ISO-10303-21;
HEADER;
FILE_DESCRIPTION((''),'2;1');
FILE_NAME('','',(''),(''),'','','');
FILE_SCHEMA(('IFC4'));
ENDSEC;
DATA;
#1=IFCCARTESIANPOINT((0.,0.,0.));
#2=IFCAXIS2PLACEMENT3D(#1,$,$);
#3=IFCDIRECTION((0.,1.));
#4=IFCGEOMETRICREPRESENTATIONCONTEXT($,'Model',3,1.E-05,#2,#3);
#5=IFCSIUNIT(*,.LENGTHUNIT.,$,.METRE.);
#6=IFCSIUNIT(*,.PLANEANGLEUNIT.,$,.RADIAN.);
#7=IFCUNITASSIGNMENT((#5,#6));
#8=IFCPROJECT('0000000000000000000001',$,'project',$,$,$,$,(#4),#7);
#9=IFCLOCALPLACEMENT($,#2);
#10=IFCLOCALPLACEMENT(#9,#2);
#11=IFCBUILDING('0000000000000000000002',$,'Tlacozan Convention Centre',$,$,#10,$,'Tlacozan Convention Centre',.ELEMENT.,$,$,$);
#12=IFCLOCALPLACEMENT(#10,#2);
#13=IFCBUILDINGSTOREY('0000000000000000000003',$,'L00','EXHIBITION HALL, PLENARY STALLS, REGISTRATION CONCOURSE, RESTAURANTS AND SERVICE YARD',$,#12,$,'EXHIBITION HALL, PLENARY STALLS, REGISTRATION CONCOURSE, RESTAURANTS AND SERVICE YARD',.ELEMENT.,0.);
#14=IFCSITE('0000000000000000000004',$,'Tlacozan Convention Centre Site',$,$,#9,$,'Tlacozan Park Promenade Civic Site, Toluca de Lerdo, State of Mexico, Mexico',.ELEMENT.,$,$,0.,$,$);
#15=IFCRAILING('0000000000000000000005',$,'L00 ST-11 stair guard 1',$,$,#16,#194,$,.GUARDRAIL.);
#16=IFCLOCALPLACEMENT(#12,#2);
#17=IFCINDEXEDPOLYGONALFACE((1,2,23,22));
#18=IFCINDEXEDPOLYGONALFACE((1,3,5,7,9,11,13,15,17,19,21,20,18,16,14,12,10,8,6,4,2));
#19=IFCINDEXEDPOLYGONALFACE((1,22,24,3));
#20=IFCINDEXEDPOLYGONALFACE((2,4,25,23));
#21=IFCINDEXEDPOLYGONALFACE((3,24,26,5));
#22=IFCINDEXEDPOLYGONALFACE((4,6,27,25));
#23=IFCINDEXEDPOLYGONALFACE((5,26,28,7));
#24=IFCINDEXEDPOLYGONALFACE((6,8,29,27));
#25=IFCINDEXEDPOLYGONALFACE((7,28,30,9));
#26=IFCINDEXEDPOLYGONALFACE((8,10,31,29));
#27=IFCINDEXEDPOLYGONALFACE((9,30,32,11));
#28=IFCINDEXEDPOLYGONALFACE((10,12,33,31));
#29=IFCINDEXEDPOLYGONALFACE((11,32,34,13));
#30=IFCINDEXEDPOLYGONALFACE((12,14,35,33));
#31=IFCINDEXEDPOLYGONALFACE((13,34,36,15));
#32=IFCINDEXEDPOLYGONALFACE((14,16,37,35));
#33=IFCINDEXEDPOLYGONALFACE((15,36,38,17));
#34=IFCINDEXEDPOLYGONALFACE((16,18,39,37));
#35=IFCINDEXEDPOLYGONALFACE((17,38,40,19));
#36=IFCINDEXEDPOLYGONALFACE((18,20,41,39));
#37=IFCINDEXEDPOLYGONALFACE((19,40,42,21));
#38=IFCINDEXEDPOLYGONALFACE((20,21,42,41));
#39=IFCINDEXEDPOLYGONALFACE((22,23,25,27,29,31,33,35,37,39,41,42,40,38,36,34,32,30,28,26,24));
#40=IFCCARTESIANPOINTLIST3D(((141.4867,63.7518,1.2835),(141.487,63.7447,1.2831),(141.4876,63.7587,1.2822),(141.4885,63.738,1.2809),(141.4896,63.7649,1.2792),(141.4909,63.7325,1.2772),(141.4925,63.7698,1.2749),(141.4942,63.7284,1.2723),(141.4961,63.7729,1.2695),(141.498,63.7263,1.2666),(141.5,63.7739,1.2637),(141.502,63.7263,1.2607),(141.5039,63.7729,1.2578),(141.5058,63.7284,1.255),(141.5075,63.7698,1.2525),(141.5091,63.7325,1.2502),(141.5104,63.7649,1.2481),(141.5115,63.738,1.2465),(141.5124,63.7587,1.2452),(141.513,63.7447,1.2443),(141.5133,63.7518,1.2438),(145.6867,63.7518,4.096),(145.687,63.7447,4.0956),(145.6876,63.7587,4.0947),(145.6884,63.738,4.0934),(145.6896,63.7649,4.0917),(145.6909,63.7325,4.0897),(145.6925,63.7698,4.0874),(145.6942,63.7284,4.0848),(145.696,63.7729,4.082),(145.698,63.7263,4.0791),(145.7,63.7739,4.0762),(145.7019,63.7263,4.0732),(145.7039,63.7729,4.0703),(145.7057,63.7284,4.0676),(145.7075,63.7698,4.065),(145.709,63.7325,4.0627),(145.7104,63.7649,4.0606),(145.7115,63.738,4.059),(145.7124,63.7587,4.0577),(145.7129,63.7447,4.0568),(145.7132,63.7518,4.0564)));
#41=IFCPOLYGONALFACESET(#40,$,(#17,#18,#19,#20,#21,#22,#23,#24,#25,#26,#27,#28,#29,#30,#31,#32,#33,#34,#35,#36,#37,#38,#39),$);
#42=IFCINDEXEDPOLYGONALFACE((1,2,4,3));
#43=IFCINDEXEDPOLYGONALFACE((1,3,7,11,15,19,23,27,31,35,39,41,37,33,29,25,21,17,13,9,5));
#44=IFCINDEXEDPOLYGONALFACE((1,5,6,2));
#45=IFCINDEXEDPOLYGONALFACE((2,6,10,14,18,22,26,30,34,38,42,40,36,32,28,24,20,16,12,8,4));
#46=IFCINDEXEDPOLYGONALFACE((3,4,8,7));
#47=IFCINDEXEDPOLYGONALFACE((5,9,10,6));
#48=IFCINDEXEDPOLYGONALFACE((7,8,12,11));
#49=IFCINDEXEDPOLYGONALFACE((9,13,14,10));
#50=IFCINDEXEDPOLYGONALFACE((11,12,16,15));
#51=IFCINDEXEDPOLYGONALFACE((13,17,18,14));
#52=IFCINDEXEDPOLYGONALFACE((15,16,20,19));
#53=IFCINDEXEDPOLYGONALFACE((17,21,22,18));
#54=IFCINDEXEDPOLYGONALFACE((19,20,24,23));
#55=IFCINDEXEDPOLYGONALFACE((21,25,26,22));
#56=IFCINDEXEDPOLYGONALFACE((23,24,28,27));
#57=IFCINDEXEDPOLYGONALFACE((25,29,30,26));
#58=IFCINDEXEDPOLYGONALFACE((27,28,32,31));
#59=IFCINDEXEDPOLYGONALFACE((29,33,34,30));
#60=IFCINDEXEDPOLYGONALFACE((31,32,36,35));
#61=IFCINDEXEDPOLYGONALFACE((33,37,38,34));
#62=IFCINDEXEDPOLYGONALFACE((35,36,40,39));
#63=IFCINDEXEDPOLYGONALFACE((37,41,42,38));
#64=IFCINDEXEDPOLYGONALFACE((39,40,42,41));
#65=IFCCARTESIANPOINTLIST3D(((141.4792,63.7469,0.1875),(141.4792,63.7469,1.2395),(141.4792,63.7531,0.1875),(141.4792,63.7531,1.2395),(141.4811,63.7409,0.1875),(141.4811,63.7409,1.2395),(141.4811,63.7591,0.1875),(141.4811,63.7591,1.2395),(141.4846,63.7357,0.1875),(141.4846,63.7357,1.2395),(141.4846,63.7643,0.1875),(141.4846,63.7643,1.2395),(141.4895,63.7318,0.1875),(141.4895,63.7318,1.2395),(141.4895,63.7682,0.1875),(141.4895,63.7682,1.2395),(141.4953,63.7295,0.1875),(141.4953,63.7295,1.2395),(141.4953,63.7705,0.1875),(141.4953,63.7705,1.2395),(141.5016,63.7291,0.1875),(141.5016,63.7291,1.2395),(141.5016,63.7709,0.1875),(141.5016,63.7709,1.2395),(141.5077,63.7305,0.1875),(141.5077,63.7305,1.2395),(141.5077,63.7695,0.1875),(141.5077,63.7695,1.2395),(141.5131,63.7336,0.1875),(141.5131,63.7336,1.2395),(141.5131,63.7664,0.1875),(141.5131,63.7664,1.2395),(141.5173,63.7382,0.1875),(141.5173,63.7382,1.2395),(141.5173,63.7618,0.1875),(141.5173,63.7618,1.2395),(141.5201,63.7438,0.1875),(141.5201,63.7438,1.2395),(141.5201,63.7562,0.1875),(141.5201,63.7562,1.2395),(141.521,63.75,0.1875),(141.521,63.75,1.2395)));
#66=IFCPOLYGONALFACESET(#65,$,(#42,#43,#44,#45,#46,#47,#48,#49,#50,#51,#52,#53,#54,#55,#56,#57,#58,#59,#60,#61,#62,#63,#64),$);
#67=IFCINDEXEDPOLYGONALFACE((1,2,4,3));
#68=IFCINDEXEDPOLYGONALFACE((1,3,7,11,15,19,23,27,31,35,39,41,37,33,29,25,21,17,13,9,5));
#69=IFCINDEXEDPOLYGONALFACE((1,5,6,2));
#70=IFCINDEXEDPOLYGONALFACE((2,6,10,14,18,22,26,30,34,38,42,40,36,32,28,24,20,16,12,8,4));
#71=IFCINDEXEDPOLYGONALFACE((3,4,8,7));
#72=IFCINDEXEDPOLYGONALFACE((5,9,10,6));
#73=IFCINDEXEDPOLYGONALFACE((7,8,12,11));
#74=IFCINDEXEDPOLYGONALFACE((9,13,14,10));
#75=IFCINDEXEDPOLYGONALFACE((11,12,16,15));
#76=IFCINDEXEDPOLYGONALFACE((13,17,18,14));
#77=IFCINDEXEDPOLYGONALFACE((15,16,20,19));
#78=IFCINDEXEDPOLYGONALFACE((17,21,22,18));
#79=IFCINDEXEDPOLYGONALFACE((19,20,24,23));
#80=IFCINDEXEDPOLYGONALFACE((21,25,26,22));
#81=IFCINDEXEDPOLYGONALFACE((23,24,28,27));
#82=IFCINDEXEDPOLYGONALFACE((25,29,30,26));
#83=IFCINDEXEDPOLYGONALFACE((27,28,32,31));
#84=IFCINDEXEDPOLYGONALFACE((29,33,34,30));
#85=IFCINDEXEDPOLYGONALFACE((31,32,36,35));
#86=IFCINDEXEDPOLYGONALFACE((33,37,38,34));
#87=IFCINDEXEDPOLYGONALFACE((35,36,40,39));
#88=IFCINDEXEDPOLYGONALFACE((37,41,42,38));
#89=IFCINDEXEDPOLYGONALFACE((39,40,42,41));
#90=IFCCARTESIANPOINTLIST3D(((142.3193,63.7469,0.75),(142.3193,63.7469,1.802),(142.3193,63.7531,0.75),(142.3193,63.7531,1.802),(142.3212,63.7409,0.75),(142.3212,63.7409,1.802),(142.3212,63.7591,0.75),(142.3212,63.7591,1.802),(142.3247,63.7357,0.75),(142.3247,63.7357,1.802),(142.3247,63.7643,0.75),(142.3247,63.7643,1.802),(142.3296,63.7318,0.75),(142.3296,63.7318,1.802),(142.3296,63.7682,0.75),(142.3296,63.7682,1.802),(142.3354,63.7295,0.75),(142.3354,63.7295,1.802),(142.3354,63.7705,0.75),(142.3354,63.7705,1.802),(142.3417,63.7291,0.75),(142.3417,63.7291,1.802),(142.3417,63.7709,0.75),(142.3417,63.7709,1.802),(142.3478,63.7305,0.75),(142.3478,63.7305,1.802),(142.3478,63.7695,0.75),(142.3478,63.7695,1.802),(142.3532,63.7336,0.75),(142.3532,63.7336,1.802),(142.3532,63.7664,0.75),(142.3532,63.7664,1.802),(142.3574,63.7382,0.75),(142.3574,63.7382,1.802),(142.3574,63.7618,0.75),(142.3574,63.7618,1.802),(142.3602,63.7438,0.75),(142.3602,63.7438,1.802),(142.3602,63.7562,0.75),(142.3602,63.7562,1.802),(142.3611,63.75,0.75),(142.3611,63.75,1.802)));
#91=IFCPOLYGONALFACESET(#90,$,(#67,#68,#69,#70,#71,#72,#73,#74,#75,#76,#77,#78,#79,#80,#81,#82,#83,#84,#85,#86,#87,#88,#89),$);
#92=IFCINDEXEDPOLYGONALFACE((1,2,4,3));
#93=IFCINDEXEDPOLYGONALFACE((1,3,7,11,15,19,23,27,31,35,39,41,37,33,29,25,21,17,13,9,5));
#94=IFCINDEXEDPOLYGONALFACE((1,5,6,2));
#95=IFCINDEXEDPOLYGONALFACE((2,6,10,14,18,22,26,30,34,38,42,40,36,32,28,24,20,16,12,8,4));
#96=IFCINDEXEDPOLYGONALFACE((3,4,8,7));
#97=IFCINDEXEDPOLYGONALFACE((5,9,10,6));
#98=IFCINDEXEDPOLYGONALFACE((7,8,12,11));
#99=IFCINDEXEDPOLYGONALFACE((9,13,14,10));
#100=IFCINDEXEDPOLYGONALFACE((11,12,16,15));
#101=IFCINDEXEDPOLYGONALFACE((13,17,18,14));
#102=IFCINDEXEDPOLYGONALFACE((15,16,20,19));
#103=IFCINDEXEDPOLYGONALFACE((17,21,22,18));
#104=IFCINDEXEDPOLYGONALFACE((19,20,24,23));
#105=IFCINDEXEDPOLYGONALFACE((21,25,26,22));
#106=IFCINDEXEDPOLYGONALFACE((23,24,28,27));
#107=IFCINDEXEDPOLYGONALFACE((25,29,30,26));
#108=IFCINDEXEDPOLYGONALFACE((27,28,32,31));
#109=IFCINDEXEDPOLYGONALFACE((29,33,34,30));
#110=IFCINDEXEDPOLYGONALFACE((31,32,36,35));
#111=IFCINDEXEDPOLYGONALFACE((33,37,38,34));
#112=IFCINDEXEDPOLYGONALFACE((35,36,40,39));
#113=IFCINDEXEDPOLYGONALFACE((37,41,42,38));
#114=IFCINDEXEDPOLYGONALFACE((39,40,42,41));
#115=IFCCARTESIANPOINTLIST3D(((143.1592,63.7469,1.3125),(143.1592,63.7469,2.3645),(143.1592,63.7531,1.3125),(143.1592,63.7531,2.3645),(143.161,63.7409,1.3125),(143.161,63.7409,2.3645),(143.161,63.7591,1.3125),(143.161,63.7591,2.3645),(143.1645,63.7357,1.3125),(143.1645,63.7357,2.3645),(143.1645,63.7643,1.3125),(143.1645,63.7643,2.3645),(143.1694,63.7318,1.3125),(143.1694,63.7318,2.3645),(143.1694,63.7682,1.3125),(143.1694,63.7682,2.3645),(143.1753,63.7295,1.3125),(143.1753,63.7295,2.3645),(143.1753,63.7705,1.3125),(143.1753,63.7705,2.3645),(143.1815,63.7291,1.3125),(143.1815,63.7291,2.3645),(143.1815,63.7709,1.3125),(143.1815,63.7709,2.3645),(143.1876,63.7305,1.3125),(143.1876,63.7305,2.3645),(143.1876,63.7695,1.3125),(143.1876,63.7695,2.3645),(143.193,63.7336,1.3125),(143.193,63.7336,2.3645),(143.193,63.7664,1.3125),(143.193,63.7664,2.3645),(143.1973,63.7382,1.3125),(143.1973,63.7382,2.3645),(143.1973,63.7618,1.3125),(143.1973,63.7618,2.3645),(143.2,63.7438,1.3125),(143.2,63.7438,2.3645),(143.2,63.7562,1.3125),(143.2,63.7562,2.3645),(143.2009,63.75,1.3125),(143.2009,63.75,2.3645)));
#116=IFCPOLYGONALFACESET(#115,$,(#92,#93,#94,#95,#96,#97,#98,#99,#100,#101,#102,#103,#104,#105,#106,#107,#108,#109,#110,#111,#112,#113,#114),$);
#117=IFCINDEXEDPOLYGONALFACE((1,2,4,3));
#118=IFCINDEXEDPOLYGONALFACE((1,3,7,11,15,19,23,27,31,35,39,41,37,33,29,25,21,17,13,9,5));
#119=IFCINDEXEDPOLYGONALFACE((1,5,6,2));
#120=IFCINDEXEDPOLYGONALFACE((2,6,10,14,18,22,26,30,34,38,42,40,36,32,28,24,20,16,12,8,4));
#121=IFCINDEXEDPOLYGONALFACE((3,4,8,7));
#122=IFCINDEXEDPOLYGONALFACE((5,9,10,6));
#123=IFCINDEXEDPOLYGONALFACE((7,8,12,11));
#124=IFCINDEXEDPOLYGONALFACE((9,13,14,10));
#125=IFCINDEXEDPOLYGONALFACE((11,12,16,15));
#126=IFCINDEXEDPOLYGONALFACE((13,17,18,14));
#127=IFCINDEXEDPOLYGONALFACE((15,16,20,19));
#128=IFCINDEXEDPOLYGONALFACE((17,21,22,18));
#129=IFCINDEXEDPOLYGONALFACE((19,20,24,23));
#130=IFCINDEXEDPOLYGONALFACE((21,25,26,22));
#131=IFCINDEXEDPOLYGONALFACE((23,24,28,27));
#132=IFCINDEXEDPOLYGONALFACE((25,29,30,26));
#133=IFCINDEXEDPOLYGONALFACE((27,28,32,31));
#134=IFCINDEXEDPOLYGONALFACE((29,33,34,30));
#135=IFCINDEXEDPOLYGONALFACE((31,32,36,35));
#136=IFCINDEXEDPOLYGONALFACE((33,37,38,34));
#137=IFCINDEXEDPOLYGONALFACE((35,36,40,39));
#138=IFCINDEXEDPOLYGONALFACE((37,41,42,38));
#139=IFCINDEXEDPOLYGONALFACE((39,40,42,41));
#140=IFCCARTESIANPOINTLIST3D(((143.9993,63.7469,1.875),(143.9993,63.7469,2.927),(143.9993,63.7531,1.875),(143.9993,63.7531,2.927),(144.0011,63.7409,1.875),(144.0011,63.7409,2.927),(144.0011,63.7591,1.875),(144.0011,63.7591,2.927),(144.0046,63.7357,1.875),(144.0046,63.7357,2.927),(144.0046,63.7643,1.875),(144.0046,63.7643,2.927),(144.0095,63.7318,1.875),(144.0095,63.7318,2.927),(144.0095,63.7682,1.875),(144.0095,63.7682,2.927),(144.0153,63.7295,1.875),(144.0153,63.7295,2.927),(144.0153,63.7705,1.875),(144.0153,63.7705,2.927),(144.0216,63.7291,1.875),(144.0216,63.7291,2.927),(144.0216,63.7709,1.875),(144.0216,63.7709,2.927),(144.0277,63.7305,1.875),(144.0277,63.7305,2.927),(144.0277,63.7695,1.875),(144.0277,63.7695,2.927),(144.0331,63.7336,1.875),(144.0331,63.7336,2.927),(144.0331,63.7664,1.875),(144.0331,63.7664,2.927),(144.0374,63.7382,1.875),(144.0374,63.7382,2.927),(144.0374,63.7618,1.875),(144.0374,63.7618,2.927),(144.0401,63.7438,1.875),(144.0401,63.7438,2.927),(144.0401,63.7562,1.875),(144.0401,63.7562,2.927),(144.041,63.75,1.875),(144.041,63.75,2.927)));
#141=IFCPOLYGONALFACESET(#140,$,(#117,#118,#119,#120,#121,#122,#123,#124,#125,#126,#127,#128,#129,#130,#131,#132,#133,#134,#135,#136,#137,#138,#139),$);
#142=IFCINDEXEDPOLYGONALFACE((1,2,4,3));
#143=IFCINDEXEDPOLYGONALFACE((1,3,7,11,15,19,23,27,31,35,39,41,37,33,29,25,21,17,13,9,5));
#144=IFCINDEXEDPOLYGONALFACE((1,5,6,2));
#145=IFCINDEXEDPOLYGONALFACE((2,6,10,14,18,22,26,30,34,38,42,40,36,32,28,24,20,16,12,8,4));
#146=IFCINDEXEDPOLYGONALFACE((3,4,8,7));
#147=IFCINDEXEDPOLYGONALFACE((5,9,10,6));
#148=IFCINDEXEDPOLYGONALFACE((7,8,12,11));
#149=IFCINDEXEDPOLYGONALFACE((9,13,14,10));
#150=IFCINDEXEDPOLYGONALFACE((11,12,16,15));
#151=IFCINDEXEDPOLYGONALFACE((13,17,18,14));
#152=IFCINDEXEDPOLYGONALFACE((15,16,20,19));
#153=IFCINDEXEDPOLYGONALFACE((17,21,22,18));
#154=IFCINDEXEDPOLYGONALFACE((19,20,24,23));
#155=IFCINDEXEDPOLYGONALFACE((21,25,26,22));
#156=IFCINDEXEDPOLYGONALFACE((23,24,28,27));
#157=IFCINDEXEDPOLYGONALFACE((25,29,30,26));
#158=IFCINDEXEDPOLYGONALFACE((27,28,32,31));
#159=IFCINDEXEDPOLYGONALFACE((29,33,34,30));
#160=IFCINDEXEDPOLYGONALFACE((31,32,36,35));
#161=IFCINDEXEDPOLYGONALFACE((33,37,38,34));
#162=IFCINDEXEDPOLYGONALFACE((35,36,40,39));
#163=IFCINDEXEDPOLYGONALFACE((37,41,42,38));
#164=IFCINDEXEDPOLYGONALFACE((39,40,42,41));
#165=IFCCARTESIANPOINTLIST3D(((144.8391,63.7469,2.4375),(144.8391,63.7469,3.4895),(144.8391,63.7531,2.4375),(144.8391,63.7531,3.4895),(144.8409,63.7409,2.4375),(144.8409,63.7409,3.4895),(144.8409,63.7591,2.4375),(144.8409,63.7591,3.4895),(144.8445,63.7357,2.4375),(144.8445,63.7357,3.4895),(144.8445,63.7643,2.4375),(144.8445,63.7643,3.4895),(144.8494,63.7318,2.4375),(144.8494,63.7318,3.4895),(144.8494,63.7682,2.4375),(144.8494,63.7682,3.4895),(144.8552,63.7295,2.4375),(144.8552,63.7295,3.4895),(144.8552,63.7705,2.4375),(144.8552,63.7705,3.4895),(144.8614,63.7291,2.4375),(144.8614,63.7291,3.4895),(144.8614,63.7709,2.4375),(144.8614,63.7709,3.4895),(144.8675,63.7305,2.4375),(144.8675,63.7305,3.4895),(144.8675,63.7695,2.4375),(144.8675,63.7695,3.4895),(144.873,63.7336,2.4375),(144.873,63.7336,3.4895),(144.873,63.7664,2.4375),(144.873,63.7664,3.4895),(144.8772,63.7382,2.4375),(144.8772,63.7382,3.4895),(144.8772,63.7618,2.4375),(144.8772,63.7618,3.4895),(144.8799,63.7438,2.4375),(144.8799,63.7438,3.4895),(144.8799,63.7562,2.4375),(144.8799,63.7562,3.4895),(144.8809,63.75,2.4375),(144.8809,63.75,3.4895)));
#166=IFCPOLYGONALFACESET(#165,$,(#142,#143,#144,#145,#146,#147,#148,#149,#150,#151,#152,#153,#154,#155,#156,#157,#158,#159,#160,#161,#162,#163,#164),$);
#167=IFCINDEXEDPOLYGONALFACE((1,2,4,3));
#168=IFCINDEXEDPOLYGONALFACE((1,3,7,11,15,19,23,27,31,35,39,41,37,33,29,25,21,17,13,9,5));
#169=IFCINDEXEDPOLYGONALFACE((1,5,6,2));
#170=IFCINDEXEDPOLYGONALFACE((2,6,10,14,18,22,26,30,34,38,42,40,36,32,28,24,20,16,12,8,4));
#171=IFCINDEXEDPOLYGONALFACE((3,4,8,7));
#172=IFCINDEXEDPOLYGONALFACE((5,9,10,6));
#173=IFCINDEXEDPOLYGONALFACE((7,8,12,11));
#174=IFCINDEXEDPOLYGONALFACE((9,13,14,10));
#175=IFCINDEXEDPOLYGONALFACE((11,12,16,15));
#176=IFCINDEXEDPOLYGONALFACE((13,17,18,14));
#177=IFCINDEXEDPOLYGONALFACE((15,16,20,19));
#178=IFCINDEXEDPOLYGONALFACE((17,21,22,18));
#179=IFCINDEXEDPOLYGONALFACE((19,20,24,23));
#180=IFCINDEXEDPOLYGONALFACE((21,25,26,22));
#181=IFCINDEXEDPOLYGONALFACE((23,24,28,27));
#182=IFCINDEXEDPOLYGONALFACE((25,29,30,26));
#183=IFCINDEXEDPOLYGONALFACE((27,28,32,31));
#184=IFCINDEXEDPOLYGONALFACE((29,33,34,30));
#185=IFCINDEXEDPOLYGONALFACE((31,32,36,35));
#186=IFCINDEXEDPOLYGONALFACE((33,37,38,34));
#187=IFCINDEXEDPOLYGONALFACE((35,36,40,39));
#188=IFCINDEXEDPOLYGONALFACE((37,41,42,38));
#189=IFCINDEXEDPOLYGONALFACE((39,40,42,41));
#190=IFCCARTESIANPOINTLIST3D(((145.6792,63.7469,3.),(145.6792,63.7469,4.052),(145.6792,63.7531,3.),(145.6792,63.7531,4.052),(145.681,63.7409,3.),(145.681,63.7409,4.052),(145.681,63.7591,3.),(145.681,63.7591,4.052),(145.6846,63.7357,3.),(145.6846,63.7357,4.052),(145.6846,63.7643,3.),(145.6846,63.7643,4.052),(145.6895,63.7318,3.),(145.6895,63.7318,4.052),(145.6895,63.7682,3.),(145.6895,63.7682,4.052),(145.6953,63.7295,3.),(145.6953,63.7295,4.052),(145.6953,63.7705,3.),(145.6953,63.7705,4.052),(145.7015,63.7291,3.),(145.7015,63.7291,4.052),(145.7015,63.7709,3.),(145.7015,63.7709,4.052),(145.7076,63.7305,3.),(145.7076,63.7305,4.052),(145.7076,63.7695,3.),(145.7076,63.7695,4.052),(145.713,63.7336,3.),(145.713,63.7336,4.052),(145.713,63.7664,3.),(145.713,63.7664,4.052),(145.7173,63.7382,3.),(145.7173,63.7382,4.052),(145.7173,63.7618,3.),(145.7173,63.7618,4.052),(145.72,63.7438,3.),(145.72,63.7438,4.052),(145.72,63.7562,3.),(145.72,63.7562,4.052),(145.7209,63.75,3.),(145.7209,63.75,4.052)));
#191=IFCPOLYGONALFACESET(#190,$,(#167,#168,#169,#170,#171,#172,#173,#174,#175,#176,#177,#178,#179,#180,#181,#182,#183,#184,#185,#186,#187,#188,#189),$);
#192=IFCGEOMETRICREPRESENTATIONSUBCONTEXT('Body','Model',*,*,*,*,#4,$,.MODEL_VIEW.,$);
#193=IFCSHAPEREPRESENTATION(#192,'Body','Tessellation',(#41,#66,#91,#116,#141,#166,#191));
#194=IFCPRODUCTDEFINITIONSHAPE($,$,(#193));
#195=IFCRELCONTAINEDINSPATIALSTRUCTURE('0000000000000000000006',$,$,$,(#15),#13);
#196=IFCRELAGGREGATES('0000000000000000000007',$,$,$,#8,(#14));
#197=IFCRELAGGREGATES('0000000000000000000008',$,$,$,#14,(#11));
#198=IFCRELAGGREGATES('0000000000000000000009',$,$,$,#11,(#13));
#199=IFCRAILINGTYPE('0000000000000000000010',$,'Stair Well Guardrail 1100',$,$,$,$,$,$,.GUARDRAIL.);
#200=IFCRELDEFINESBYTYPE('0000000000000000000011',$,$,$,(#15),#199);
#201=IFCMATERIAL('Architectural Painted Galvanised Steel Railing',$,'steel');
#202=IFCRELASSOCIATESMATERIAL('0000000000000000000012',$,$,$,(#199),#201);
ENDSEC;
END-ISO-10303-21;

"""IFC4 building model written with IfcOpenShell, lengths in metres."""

from ifc_helpers import new_model, si_unit, direction, frame, origin, origin_2d, place, context, subcontext, project, spatial, circle, extrude, material, type_object, element, save


model = new_model("IFC4")

# Units and contexts
model_context = context("Model", 3, precision=1e-05, world=origin(), true_north=direction((0.0, 1.0)))
body_context = subcontext(model_context, "Body", "Model", "MODEL_VIEW")
ifc_project = project(units=[si_unit("LENGTHUNIT", "METRE"), si_unit("PLANEANGLEUNIT", "RADIAN")], contexts=[model_context])

# Site, building, storey
site_placement = place(None, origin())
site = spatial("IfcSite", under=ifc_project, at=site_placement, Name="Tlacozan Convention Centre Site", LongName="Tlacozan Park Promenade Civic Site, Toluca de Lerdo, State of Mexico, Mexico", CompositionType="ELEMENT", RefElevation=0.0)
building_placement = place(site_placement, origin())
building = spatial("IfcBuilding", under=site, at=building_placement, Name="Tlacozan Convention Centre", LongName="Tlacozan Convention Centre", CompositionType="ELEMENT")
storey_placement = place(building_placement, origin())
storey = spatial("IfcBuildingStorey", under=building, at=storey_placement, Name="L00", Description="EXHIBITION HALL, PLENARY STALLS, REGISTRATION CONCOURSE, RESTAURANTS AND SERVICE YARD", LongName="EXHIBITION HALL, PLENARY STALLS, REGISTRATION CONCOURSE, RESTAURANTS AND SERVICE YARD", CompositionType="ELEMENT", Elevation=0.0)

# Railing
ifc_material_1 = material(Name="Architectural Painted Galvanised Steel Railing", Category="steel")
railing_type_1 = type_object("IfcRailingType", Name="Stair Well Guardrail 1100", PredefinedType="GUARDRAIL", material=ifc_material_1)
railing_1_placement = place(storey_placement, frame((141.5, 63.75, 0.1875)))
element("IfcRailing", 1, at=railing_1_placement, inside=storey, type_object=railing_type_1, Name="L00 ST-11 stair guard 1", PredefinedType="GUARDRAIL", context=body_context, shape_type="SweptSolid", body=[
    extrude(circle(Radius=0.0239, at=origin_2d()), frame((0.0, 0.0, 1.0762), z_axis=(0.830904, 0.0, 0.556416), x_axis=(0.0, 1.0, 0.0)), (0.0, 0.0, 1.0), 5.0547),
    extrude(circle(Radius=0.021, at=origin_2d()), origin(), (0.0, 0.0, 1.0), 1.052),
    extrude(circle(Radius=0.021, at=origin_2d()), frame((0.8401, 0.0, 0.5625)), (0.0, 0.0, 1.0), 1.052),
    extrude(circle(Radius=0.021, at=origin_2d()), frame((1.6799, 0.0, 1.125)), (0.0, 0.0, 1.0), 1.052),
    extrude(circle(Radius=0.021, at=origin_2d()), frame((2.52, 0.0, 1.6875)), (0.0, 0.0, 1.0), 1.052),
    extrude(circle(Radius=0.021, at=origin_2d()), frame((3.3599, 0.0, 2.25)), (0.0, 0.0, 1.0), 1.052),
    extrude(circle(Radius=0.021, at=origin_2d()), frame((4.2, 0.0, 2.8125)), (0.0, 0.0, 1.0), 1.052),
])

save(model, "model.ifc")
